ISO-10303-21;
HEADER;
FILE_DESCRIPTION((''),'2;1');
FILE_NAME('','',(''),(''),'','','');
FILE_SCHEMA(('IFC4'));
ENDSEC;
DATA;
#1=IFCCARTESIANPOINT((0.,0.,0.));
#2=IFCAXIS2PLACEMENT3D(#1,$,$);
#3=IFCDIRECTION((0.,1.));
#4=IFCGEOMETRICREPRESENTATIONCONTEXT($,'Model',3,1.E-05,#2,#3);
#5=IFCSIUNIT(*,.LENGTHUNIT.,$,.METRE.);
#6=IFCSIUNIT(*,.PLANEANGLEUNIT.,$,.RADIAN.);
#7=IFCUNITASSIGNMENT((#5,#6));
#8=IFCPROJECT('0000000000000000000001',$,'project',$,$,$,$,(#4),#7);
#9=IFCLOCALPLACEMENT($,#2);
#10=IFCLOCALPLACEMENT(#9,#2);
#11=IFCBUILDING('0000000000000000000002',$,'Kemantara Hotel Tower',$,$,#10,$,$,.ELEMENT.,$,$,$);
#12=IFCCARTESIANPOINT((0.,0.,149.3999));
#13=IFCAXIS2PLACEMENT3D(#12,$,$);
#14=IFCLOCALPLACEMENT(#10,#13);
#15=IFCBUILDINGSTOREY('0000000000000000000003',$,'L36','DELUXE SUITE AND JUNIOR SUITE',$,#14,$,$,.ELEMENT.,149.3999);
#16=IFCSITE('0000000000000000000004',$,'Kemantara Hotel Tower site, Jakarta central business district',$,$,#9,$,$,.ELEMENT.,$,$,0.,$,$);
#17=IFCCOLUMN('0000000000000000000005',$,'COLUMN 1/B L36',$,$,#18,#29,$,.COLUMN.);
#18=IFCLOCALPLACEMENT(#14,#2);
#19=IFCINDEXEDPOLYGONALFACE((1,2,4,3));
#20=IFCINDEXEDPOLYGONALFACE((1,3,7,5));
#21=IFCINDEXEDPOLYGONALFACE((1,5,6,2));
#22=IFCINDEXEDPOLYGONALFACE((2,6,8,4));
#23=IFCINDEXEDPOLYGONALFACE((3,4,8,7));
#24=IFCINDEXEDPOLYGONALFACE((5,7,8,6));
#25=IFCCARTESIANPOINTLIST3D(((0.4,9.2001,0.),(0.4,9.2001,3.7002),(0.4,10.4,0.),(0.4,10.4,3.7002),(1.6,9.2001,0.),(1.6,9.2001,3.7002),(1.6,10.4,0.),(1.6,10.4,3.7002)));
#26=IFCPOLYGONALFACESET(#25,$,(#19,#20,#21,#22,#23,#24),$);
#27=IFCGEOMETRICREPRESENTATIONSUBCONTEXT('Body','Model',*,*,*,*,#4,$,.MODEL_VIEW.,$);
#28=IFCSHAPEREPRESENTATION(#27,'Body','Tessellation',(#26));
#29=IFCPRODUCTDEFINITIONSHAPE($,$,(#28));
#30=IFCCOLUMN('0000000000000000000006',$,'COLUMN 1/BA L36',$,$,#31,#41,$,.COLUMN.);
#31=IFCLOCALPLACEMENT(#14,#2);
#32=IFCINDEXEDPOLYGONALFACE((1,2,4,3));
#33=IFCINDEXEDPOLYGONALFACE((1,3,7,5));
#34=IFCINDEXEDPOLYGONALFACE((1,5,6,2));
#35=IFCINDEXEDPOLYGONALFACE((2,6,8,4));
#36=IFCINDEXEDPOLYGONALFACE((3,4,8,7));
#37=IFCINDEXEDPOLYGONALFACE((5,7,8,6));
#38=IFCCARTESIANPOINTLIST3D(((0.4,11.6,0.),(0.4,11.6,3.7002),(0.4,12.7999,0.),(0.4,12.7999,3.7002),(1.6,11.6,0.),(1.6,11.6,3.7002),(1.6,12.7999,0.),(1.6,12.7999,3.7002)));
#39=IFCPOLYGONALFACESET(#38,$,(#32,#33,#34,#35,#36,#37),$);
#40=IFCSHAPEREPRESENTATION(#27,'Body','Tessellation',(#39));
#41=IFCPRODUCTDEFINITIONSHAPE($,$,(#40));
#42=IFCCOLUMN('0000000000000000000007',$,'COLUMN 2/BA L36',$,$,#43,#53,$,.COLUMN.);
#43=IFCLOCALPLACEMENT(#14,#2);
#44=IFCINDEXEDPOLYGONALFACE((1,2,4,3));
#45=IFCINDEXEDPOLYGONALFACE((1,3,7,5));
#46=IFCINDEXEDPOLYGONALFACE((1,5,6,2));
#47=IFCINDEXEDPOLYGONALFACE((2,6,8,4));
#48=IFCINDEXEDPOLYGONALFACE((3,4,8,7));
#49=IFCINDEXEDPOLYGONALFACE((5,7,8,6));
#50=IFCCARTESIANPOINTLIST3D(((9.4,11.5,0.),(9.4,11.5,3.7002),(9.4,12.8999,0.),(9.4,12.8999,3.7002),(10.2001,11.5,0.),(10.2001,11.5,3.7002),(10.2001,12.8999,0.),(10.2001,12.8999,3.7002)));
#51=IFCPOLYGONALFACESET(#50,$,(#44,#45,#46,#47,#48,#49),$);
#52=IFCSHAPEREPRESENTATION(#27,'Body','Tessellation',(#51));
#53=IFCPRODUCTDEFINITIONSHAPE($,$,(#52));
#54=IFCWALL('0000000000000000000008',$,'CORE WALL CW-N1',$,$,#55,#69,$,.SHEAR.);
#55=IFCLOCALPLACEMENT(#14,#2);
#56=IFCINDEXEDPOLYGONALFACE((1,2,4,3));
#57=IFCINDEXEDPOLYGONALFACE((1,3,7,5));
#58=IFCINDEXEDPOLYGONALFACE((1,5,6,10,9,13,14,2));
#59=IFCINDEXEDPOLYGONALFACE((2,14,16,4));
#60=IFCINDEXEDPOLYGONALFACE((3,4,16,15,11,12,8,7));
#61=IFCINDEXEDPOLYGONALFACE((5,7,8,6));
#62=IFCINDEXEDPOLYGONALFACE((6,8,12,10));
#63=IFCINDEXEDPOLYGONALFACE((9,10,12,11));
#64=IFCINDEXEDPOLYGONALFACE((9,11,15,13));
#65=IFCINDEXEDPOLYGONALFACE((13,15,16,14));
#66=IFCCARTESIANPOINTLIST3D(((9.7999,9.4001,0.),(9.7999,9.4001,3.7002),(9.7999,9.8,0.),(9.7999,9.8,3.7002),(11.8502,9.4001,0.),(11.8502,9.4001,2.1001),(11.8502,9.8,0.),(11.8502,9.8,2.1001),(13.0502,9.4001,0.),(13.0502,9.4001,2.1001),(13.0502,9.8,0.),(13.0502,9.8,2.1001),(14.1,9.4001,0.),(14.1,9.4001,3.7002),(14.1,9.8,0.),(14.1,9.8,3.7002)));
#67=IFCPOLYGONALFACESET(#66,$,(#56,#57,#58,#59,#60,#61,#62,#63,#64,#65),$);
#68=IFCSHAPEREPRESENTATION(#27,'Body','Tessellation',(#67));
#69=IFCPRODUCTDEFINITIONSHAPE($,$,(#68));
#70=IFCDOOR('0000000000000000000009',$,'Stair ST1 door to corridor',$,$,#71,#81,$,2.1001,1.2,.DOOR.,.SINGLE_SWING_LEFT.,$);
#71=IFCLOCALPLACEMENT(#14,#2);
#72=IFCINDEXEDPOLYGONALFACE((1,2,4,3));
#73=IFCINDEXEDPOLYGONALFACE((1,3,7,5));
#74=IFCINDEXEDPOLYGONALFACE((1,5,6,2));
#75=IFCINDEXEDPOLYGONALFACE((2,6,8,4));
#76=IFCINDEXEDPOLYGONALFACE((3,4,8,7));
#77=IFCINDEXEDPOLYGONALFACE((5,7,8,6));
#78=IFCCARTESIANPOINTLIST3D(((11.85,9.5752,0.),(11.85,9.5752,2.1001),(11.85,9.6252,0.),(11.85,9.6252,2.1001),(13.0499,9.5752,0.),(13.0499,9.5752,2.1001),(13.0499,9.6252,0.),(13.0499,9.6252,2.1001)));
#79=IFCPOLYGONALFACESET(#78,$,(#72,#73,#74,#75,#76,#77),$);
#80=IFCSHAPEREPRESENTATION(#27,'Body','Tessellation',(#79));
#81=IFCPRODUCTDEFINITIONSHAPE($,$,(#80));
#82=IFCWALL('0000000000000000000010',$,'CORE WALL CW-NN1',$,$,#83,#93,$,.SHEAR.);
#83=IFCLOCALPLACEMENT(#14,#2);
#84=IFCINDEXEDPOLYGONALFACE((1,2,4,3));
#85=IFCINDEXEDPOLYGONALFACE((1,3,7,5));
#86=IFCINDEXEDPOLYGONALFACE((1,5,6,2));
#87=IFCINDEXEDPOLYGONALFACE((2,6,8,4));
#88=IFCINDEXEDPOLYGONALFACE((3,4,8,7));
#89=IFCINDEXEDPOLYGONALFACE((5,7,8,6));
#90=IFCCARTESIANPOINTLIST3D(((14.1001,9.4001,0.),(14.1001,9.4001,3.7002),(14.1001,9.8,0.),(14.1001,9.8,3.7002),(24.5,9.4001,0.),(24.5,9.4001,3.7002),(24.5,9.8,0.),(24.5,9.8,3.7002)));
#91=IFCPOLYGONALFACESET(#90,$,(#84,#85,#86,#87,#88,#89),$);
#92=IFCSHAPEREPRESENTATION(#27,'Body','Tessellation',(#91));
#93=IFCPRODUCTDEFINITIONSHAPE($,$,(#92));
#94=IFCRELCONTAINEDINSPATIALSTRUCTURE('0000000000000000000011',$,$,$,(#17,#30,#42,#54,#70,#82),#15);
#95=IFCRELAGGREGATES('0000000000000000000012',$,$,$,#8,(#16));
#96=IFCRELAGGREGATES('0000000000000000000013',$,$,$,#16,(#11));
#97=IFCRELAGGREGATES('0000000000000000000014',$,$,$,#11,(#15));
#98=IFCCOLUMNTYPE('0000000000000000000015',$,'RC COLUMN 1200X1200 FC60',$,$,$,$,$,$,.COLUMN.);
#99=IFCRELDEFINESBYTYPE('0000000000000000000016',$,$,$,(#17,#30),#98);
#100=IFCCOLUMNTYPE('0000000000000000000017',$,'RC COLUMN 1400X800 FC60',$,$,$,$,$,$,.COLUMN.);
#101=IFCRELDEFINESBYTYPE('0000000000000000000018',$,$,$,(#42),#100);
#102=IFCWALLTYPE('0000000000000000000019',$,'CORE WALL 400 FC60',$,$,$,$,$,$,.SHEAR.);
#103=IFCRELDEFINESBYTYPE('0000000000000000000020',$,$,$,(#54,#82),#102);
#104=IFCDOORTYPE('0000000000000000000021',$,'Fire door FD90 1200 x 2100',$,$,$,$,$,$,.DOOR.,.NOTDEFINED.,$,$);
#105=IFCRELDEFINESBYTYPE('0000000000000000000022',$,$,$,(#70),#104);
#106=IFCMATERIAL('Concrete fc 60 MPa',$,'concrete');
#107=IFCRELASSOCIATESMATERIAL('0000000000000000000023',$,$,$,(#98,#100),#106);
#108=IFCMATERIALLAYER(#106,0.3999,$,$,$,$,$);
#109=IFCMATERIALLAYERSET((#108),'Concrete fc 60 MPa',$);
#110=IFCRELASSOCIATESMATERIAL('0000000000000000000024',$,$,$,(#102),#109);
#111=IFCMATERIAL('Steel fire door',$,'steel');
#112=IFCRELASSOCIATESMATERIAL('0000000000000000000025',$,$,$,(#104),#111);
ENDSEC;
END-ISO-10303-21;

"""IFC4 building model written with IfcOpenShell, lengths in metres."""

from ifc_helpers import new_model, si_unit, direction, frame, frame_2d, origin, origin_2d, place, context, subcontext, project, spatial, rectangle, extrude, material, layer, layer_set, material_profile, profile_set, type_object, element, fill, save


model = new_model("IFC4")

# Units and contexts
model_context = context("Model", 3, precision=1e-05, world=origin(), true_north=direction((0.0, 1.0)))
body_context = subcontext(model_context, "Body", "Model", "MODEL_VIEW")
ifc_project = project(units=[si_unit("LENGTHUNIT", "METRE"), si_unit("PLANEANGLEUNIT", "RADIAN")], contexts=[model_context])

# Site, building, storey
site_placement = place(None, origin())
site = spatial("IfcSite", under=ifc_project, at=site_placement, Name="Kemantara Hotel Tower site, Jakarta central business district", CompositionType="ELEMENT", RefElevation=0.0)
building_placement = place(site_placement, origin())
building = spatial("IfcBuilding", under=site, at=building_placement, Name="Kemantara Hotel Tower", CompositionType="ELEMENT")
storey_placement = place(building_placement, frame((0.0, 0.0, 149.3999)))
storey = spatial("IfcBuildingStorey", under=building, at=storey_placement, Name="L36", Description="DELUXE SUITE AND JUNIOR SUITE", CompositionType="ELEMENT", Elevation=149.3999)

# Columns
ifc_material_1 = material(Name="Concrete fc 60 MPa", Category="concrete")
ifc_material_profile_1 = material_profile(ifc_material_1, rectangle(XDim=1.2, YDim=1.2, at=origin_2d()), Name="RC 1200X1200")
ifc_profile_set_1 = profile_set([ifc_material_profile_1], Name="Concrete fc 60 MPa")
column_type_1 = type_object("IfcColumnType", Name="RC COLUMN 1200X1200 FC60", PredefinedType="COLUMN", material=ifc_profile_set_1)
for number, where, z_axis, x_axis, name in (
    (1, (1.0, 9.8, 0.0), (0.0, 0.0, 1.0), (1.0, 0.0, 0.0), "COLUMN 1/B L36"),
    (2, (1.0, 12.2, 0.0), (0.0, 0.0, 1.0), (1.0, 0.0, 0.0), "COLUMN 1/BA L36"),
):
    element("IfcColumn", number, at=place(storey_placement, frame(where, z_axis=z_axis, x_axis=x_axis)), inside=storey, type_object=column_type_1, Name=name, PredefinedType="COLUMN", context=body_context, shape_type="SweptSolid", body=[
        extrude(rectangle(XDim=1.2, YDim=1.2, at=origin_2d()), origin(), (0.0, 0.0, 1.0), 3.7002),
    ])
ifc_material_profile_2 = material_profile(ifc_material_1, rectangle(XDim=1.3999, YDim=0.8, at=origin_2d()), Name="RC 1400X800")
ifc_profile_set_2 = profile_set([ifc_material_profile_2], Name="Concrete fc 60 MPa")
column_type_2 = type_object("IfcColumnType", Name="RC COLUMN 1400X800 FC60", PredefinedType="COLUMN", material=ifc_profile_set_2)
column_placement = place(storey_placement, frame((9.8, 12.2, 0.0), z_axis=(0.0, 0.0, 1.0), x_axis=(0.0, 1.0, 0.0)))
element("IfcColumn", 3, at=column_placement, inside=storey, type_object=column_type_2, Name="COLUMN 2/BA L36", PredefinedType="COLUMN", context=body_context, shape_type="SweptSolid", body=[
    extrude(rectangle(XDim=1.3999, YDim=0.8, at=origin_2d()), origin(), (0.0, 0.0, 1.0), 3.7002),
])

# Wall, opening, door
ifc_layer_1 = layer(ifc_material_1, 0.3999)
ifc_layer_set_1 = layer_set([ifc_layer_1], Name="Concrete fc 60 MPa")
wall_type_1 = type_object("IfcWallType", Name="CORE WALL 400 FC60", PredefinedType="SHEAR", material=ifc_layer_set_1)
wall_1_placement = place(storey_placement, frame((9.8, 9.6001, 0.0), z_axis=(0.0, 0.0, 1.0), x_axis=(1.0, 0.0, 0.0)))
wall_1 = element("IfcWall", 4, at=wall_1_placement, inside=storey, type_object=wall_type_1, Name="CORE WALL CW-N1", PredefinedType="SHEAR", context=body_context, shape_type="SweptSolid", body=[
    extrude(rectangle(XDim=4.3, YDim=0.3999, at=frame_2d((2.1499, 0.0))), origin(), (0.0, 0.0, 1.0), 3.7002),
])
opening_1_placement = place(wall_1_placement, frame((2.05, 0.0, 0.0)))
opening_1 = element("IfcOpeningElement", 5, at=opening_1_placement, cuts=wall_1, PredefinedType="OPENING", context=body_context, shape_type="SweptSolid", body=[
    extrude(rectangle(XDim=1.2, YDim=2.1001, at=frame_2d((0.6001, 1.05))), frame((0.0, 0.21, 0.0), z_axis=(0.0, -1.0, 0.0), x_axis=(1.0, 0.0, 0.0)), (0.0, 0.0, 1.0), 0.4199),
])
ifc_material_2 = material(Name="Steel fire door", Category="steel")
door_type_1 = type_object("IfcDoorType", Name="Fire door FD90 1200 x 2100", OperationType="NOTDEFINED", PredefinedType="DOOR", material=ifc_material_2)
door_1_placement = place(opening_1_placement, frame((1.2, 0.0, 0.0), z_axis=(0.0, 0.0, 1.0), x_axis=(-1.0, 0.0, 0.0)))
door_1 = element("IfcDoor", 6, at=door_1_placement, inside=storey, type_object=door_type_1, Name="Stair ST1 door to corridor", OperationType="SINGLE_SWING_LEFT", OverallHeight=2.1001, OverallWidth=1.2, PredefinedType="DOOR", context=body_context, shape_type="SweptSolid", body=[
    extrude(rectangle(XDim=1.2, YDim=2.1001, at=frame_2d((0.6001, 1.05))), frame((0.0, 0.0249, 0.0), z_axis=(0.0, -1.0, 0.0), x_axis=(1.0, 0.0, 0.0)), (0.0, 0.0, 1.0), 0.05),
])
fill(opening_1, door_1)

# Wall
wall_2_placement = place(storey_placement, frame((14.1001, 9.6001, 0.0), z_axis=(0.0, 0.0, 1.0), x_axis=(1.0, 0.0, 0.0)))
element("IfcWall", 7, at=wall_2_placement, inside=storey, type_object=wall_type_1, Name="CORE WALL CW-NN1", PredefinedType="SHEAR", context=body_context, shape_type="SweptSolid", body=[
    extrude(rectangle(XDim=10.3999, YDim=0.3999, at=frame_2d((5.2, 0.0))), origin(), (0.0, 0.0, 1.0), 3.7002),
])

save(model, "model.ifc")
